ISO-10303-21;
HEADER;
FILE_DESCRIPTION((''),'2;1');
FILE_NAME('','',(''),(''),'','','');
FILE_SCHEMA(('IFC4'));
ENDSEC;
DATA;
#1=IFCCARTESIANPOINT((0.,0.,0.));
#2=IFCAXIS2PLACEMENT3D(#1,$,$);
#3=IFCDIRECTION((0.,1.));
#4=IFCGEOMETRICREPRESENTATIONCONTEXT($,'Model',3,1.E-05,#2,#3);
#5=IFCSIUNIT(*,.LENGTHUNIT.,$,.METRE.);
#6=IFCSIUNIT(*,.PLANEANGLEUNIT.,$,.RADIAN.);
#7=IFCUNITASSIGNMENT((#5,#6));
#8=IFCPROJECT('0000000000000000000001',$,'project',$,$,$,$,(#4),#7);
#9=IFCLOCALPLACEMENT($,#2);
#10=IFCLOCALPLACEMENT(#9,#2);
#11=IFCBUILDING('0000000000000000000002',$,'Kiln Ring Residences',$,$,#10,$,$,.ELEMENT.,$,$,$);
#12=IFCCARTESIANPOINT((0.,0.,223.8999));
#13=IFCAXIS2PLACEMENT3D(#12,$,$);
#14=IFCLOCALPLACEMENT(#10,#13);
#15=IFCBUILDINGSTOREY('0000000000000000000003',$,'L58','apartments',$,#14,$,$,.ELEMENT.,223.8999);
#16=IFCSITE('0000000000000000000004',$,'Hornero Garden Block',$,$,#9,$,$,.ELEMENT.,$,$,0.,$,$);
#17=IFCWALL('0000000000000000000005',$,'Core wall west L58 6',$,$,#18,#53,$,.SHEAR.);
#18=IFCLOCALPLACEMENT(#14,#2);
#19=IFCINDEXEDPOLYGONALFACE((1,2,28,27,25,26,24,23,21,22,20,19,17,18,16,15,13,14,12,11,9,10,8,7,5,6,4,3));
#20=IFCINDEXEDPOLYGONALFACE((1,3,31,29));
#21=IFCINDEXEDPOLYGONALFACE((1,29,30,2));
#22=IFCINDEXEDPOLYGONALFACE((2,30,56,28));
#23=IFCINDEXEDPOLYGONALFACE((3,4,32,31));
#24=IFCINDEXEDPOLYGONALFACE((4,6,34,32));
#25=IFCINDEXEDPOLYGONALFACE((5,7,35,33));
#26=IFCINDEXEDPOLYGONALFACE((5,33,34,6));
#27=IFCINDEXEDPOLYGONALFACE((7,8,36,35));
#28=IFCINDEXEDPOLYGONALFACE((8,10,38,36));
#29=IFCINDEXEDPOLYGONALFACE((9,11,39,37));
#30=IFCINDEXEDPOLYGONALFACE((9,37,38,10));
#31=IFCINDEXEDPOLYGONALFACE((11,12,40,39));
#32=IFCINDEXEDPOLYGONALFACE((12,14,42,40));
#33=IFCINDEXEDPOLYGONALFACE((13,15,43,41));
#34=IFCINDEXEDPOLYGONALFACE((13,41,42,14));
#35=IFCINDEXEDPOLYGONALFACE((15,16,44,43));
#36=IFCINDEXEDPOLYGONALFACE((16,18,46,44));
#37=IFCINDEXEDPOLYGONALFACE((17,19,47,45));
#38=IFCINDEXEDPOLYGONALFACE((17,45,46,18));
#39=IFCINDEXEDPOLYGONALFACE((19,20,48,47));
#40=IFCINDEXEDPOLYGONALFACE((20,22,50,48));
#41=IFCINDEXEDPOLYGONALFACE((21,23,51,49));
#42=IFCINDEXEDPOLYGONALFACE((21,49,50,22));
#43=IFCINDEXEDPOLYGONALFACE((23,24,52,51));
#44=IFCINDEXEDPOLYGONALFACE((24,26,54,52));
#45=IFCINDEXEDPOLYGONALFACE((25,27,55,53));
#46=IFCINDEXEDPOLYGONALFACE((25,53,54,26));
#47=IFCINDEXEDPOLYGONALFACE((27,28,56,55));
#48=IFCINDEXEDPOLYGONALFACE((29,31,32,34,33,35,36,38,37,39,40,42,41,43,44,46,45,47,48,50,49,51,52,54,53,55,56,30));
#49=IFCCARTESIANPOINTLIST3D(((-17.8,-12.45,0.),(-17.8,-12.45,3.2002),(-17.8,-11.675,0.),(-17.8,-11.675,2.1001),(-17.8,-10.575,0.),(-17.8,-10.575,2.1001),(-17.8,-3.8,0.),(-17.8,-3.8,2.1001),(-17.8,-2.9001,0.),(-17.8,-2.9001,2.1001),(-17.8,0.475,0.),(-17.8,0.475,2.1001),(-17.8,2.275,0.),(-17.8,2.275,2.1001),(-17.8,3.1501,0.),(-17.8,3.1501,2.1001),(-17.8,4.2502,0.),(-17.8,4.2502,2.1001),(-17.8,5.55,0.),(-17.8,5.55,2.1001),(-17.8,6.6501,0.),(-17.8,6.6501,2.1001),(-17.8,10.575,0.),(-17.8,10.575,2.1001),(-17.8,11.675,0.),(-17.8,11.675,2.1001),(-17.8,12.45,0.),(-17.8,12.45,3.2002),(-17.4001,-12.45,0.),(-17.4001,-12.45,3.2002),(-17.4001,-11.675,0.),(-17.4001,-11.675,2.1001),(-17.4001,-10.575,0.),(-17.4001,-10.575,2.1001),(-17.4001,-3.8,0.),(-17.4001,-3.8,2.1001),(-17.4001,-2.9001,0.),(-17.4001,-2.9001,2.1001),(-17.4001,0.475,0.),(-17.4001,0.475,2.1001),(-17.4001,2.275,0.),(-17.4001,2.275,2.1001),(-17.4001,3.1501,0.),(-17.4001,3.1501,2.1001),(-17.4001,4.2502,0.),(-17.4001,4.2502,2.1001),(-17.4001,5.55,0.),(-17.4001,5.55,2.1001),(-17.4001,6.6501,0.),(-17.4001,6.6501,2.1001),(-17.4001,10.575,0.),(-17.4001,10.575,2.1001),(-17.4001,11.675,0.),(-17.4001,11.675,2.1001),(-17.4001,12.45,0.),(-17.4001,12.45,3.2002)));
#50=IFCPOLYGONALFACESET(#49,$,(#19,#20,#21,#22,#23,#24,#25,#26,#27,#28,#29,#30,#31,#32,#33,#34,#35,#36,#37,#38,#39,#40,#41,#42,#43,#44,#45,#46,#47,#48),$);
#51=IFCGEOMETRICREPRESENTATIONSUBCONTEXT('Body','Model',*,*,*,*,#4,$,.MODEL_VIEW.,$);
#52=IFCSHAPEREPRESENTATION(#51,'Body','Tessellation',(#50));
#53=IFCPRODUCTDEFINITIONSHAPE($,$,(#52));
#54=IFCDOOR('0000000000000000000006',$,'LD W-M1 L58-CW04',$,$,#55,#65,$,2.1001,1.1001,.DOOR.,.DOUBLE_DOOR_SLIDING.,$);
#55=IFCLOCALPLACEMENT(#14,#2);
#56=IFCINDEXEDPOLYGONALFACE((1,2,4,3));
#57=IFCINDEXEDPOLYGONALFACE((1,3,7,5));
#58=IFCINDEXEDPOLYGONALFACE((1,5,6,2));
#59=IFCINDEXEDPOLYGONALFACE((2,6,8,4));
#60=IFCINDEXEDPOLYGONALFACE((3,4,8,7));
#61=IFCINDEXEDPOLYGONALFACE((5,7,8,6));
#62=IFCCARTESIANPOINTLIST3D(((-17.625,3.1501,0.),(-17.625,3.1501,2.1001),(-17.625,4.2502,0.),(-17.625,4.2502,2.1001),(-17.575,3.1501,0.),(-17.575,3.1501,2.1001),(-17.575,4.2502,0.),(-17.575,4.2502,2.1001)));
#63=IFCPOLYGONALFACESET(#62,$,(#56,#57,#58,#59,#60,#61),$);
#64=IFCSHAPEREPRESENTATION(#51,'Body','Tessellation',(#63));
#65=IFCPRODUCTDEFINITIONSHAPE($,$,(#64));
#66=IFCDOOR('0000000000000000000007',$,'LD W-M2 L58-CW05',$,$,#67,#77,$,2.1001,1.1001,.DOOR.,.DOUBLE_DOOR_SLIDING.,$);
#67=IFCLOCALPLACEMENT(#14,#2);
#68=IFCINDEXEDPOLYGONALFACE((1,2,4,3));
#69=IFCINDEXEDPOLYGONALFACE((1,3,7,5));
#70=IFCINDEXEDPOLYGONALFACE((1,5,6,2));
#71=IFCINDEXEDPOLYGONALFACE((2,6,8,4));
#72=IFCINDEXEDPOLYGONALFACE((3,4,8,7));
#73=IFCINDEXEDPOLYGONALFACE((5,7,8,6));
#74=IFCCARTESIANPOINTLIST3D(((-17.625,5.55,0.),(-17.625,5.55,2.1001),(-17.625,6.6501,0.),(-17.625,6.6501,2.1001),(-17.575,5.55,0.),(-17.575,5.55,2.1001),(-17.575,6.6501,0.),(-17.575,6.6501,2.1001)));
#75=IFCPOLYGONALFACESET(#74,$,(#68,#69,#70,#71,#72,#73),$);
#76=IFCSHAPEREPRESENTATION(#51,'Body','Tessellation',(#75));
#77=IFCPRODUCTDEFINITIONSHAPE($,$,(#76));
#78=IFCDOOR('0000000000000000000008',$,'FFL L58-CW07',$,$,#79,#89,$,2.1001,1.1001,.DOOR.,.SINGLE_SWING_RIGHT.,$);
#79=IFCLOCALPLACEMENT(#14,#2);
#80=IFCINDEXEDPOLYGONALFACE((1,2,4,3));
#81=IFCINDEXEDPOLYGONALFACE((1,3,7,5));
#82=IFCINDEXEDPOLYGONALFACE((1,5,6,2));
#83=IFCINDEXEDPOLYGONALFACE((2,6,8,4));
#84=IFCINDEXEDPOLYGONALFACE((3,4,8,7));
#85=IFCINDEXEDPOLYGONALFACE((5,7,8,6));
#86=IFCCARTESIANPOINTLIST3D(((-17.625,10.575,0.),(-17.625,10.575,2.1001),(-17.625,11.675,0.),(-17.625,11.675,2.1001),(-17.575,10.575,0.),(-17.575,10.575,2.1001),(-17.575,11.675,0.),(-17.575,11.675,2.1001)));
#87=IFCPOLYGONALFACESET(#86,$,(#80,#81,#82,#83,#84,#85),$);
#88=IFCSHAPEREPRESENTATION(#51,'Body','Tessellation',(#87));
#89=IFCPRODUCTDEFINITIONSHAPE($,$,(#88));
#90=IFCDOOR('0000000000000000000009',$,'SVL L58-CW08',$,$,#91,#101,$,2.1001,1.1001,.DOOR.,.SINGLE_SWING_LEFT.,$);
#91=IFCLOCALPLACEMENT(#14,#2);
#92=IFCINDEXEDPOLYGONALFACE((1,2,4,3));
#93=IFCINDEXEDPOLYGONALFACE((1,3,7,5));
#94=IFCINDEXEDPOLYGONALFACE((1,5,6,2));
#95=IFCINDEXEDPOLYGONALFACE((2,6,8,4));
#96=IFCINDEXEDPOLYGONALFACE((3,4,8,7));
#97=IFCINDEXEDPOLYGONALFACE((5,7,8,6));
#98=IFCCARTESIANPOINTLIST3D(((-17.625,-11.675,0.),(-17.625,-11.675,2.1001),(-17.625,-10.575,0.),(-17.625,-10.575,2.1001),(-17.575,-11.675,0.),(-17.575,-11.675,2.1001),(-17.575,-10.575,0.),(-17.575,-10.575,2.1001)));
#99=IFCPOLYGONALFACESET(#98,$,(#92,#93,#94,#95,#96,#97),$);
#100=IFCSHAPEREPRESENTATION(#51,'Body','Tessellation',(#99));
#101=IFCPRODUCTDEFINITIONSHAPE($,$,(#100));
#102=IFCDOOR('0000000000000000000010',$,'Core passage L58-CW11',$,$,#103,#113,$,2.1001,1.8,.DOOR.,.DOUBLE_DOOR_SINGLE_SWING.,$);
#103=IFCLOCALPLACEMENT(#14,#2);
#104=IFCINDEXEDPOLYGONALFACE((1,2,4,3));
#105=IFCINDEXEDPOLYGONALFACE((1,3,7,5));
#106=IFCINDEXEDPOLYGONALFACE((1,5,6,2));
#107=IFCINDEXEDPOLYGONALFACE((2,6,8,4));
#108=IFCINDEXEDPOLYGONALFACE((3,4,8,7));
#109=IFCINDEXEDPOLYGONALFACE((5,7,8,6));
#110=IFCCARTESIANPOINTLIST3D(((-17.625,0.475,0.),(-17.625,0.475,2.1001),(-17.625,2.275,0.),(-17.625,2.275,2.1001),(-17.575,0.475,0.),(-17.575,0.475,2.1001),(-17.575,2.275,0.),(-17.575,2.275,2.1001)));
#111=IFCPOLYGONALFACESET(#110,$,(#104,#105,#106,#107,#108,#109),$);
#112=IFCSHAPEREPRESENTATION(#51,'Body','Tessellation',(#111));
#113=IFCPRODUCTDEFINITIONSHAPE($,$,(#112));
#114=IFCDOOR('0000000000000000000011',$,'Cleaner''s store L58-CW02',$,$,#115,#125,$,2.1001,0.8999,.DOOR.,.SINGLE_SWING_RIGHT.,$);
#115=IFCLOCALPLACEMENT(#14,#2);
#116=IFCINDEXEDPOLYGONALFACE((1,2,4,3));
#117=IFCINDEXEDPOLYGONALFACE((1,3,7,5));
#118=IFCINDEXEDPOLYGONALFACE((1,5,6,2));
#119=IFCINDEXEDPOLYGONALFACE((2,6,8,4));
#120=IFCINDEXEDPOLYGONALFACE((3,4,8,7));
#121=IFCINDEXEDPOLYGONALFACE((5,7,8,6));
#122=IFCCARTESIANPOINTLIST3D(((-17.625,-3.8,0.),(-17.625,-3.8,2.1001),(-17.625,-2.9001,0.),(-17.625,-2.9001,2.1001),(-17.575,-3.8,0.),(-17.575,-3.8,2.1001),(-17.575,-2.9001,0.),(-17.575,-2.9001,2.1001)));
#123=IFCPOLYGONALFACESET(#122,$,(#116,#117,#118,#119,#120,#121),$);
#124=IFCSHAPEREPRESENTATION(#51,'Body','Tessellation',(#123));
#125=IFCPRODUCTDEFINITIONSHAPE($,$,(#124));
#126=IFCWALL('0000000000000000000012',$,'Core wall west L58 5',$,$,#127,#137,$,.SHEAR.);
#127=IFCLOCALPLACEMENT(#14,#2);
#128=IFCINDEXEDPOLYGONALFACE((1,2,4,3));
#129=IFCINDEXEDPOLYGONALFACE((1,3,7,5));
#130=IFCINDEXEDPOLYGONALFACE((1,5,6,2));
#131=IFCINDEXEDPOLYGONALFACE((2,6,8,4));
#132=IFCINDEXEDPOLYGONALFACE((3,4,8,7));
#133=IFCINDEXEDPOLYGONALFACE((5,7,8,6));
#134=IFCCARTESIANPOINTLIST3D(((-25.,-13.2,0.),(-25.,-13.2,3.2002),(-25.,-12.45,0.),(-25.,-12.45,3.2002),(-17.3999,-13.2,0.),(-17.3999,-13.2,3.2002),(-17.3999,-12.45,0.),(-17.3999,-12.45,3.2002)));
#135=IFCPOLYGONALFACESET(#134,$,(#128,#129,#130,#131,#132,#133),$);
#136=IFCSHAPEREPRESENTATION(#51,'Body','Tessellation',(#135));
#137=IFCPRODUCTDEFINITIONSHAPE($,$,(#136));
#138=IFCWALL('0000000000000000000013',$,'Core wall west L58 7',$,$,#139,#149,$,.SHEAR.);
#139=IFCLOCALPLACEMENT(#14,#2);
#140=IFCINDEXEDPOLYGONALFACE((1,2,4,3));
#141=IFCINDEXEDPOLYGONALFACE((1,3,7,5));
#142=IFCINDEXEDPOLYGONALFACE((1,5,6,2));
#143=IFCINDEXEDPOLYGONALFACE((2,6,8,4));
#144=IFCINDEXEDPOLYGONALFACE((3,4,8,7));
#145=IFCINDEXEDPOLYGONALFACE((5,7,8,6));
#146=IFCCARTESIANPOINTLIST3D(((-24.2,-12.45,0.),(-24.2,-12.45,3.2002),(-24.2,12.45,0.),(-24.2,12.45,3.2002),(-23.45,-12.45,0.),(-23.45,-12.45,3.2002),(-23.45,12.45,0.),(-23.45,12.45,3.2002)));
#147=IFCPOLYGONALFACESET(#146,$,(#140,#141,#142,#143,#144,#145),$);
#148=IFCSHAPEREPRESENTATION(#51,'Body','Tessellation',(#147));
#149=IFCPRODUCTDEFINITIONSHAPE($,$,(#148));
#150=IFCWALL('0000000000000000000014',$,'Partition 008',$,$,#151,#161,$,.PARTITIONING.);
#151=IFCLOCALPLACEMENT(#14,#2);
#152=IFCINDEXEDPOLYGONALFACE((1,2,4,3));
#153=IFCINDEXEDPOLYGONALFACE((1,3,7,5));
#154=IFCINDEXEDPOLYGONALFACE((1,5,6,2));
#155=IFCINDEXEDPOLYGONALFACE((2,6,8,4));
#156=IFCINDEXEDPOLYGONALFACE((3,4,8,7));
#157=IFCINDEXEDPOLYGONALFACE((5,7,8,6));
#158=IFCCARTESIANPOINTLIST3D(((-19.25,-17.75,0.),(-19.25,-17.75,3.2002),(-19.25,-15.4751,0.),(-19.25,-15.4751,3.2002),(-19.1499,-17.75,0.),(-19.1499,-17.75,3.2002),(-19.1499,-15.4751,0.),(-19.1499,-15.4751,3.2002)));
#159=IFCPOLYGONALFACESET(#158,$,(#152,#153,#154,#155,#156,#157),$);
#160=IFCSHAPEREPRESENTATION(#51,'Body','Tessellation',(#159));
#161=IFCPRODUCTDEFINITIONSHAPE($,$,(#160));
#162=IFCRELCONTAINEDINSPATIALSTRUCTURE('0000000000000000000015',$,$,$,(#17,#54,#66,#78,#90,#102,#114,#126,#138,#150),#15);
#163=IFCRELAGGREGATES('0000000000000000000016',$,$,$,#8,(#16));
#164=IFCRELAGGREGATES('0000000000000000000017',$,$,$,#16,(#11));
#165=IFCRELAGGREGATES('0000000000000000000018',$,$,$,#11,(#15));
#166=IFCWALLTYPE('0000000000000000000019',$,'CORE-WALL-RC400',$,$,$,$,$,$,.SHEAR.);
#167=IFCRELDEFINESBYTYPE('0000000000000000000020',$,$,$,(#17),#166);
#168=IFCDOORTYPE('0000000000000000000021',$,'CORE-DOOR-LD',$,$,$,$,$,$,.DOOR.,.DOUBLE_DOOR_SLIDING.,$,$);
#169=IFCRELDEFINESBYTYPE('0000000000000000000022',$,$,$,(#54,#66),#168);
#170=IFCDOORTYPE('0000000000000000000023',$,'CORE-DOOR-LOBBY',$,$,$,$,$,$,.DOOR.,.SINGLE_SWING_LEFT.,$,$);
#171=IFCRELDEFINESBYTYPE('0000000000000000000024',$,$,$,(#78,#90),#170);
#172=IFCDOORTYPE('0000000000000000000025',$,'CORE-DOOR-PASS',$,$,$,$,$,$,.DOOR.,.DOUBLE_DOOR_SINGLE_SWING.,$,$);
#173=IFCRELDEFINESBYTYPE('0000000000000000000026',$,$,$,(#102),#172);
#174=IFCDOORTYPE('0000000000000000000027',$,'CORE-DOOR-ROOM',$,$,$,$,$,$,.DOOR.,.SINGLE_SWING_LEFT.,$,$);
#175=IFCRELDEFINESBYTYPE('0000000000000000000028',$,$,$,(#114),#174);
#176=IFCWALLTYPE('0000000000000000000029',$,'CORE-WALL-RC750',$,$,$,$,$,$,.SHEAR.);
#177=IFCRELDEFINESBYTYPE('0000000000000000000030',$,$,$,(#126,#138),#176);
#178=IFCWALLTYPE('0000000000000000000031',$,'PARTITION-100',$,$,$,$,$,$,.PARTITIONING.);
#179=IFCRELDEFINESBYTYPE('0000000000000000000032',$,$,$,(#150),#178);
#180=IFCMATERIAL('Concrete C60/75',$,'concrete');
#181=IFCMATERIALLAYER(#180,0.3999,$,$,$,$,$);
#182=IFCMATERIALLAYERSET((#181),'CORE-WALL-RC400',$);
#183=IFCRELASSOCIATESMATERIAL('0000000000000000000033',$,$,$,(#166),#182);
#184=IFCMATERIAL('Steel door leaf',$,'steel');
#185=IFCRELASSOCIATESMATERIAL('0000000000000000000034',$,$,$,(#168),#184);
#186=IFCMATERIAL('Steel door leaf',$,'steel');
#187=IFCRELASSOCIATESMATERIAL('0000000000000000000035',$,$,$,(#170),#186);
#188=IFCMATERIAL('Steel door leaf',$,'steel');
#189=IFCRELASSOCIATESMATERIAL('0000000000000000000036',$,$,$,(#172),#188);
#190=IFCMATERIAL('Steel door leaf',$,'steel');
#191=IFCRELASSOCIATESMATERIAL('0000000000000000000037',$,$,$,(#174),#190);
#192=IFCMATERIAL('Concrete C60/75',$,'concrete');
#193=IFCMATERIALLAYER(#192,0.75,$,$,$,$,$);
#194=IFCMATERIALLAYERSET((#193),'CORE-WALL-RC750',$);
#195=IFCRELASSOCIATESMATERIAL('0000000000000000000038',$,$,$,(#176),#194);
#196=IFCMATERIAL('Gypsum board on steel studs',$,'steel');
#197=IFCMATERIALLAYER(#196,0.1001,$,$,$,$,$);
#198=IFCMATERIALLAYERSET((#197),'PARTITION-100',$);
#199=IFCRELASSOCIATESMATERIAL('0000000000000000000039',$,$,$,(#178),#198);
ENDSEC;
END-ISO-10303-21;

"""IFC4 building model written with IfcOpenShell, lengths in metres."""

from ifc_helpers import new_model, si_unit, direction, frame, frame_2d, origin, place, context, subcontext, project, spatial, rectangle, extrude, material, layer, layer_set, type_object, element, fill, save


model = new_model("IFC4")

# Units and contexts
model_context = context("Model", 3, precision=1e-05, world=origin(), true_north=direction((0.0, 1.0)))
body_context = subcontext(model_context, "Body", "Model", "MODEL_VIEW")
ifc_project = project(units=[si_unit("LENGTHUNIT", "METRE"), si_unit("PLANEANGLEUNIT", "RADIAN")], contexts=[model_context])

# Site, building, storey
site_placement = place(None, origin())
site = spatial("IfcSite", under=ifc_project, at=site_placement, Name="Hornero Garden Block", CompositionType="ELEMENT", RefElevation=0.0)
building_placement = place(site_placement, origin())
building = spatial("IfcBuilding", under=site, at=building_placement, Name="Kiln Ring Residences", CompositionType="ELEMENT")
storey_placement = place(building_placement, frame((0.0, 0.0, 223.8999)))
storey = spatial("IfcBuildingStorey", under=building, at=storey_placement, Name="L58", Description="apartments", CompositionType="ELEMENT", Elevation=223.8999)

# Wall, openings, doors
ifc_material_1 = material(Name="Concrete C60/75", Category="concrete")
ifc_layer_1 = layer(ifc_material_1, 0.3999)
ifc_layer_set_1 = layer_set([ifc_layer_1], Name="CORE-WALL-RC400")
wall_type_1 = type_object("IfcWallType", Name="CORE-WALL-RC400", PredefinedType="SHEAR", material=ifc_layer_set_1)
wall_1_placement = place(storey_placement, frame((-17.6001, -12.45, 0.0), z_axis=(0.0, 0.0, 1.0), x_axis=(0.0, 1.0, 0.0)))
wall_1 = element("IfcWall", 1, at=wall_1_placement, inside=storey, type_object=wall_type_1, Name="Core wall west L58 6", PredefinedType="SHEAR", context=body_context, shape_type="SweptSolid", body=[
    extrude(rectangle(XDim=24.8999, YDim=0.3999, at=frame_2d((12.45, 0.0))), origin(), (0.0, 0.0, 1.0), 3.2002),
])
opening_1_placement = place(wall_1_placement, frame((8.6499, 0.0, 0.0)))
opening_1 = element("IfcOpeningElement", 2, at=opening_1_placement, cuts=wall_1, PredefinedType="OPENING", context=body_context, shape_type="SweptSolid", body=[
    extrude(rectangle(XDim=0.8999, YDim=2.1001, at=frame_2d((0.45, 1.05))), frame((0.0, 0.21, 0.0), z_axis=(0.0, -1.0, 0.0), x_axis=(1.0, 0.0, 0.0)), (0.0, 0.0, 1.0), 0.4199),
])
opening_2_placement = place(wall_1_placement, frame((15.6001, 0.0, 0.0)))
opening_2 = element("IfcOpeningElement", 3, at=opening_2_placement, cuts=wall_1, PredefinedType="OPENING", context=body_context, shape_type="SweptSolid", body=[
    extrude(rectangle(XDim=1.1001, YDim=2.1001, at=frame_2d((0.55, 1.05))), frame((0.0, 0.21, 0.0), z_axis=(0.0, -1.0, 0.0), x_axis=(1.0, 0.0, 0.0)), (0.0, 0.0, 1.0), 0.4199),
])
opening_3_placement = place(wall_1_placement, frame((18.0, 0.0, 0.0)))
opening_3 = element("IfcOpeningElement", 4, at=opening_3_placement, cuts=wall_1, PredefinedType="OPENING", context=body_context, shape_type="SweptSolid", body=[
    extrude(rectangle(XDim=1.1001, YDim=2.1001, at=frame_2d((0.55, 1.05))), frame((0.0, 0.21, 0.0), z_axis=(0.0, -1.0, 0.0), x_axis=(1.0, 0.0, 0.0)), (0.0, 0.0, 1.0), 0.4199),
])
opening_4_placement = place(wall_1_placement, frame((23.0249, 0.0, 0.0)))
opening_4 = element("IfcOpeningElement", 5, at=opening_4_placement, cuts=wall_1, PredefinedType="OPENING", context=body_context, shape_type="SweptSolid", body=[
    extrude(rectangle(XDim=1.1001, YDim=2.1001, at=frame_2d((0.55, 1.05))), frame((0.0, 0.21, 0.0), z_axis=(0.0, -1.0, 0.0), x_axis=(1.0, 0.0, 0.0)), (0.0, 0.0, 1.0), 0.4199),
])
opening_5_placement = place(wall_1_placement, frame((0.7749, 0.0, 0.0)))
opening_5 = element("IfcOpeningElement", 6, at=opening_5_placement, cuts=wall_1, PredefinedType="OPENING", context=body_context, shape_type="SweptSolid", body=[
    extrude(rectangle(XDim=1.1001, YDim=2.1001, at=frame_2d((0.55, 1.05))), frame((0.0, 0.21, 0.0), z_axis=(0.0, -1.0, 0.0), x_axis=(1.0, 0.0, 0.0)), (0.0, 0.0, 1.0), 0.4199),
])
opening_6_placement = place(wall_1_placement, frame((12.925, 0.0, 0.0)))
opening_6 = element("IfcOpeningElement", 7, at=opening_6_placement, cuts=wall_1, PredefinedType="OPENING", context=body_context, shape_type="SweptSolid", body=[
    extrude(rectangle(XDim=1.8, YDim=2.1001, at=frame_2d((0.8999, 1.05))), frame((0.0, 0.21, 0.0), z_axis=(0.0, -1.0, 0.0), x_axis=(1.0, 0.0, 0.0)), (0.0, 0.0, 1.0), 0.4199),
])
ifc_material_2 = material(Name="Steel door leaf", Category="steel")
door_type_1 = type_object("IfcDoorType", Name="CORE-DOOR-LD", OperationType="DOUBLE_DOOR_SLIDING", PredefinedType="DOOR", material=ifc_material_2)
door_1_placement = place(opening_2_placement, origin())
door_1 = element("IfcDoor", 8, at=door_1_placement, inside=storey, type_object=door_type_1, Name="LD W-M1 L58-CW04", OperationType="DOUBLE_DOOR_SLIDING", OverallHeight=2.1001, OverallWidth=1.1001, PredefinedType="DOOR", context=body_context, shape_type="SweptSolid", body=[
    extrude(rectangle(XDim=1.1001, YDim=2.1001, at=frame_2d((0.55, 1.05))), frame((0.0, 0.0249, 0.0), z_axis=(0.0, -1.0, 0.0), x_axis=(1.0, 0.0, 0.0)), (0.0, 0.0, 1.0), 0.05),
])
fill(opening_2, door_1)
door_2_placement = place(opening_3_placement, origin())
door_2 = element("IfcDoor", 9, at=door_2_placement, inside=storey, type_object=door_type_1, Name="LD W-M2 L58-CW05", OperationType="DOUBLE_DOOR_SLIDING", OverallHeight=2.1001, OverallWidth=1.1001, PredefinedType="DOOR", context=body_context, shape_type="SweptSolid", body=[
    extrude(rectangle(XDim=1.1001, YDim=2.1001, at=frame_2d((0.55, 1.05))), frame((0.0, 0.0249, 0.0), z_axis=(0.0, -1.0, 0.0), x_axis=(1.0, 0.0, 0.0)), (0.0, 0.0, 1.0), 0.05),
])
fill(opening_3, door_2)
ifc_material_3 = material(Name="Steel door leaf", Category="steel")
door_type_2 = type_object("IfcDoorType", Name="CORE-DOOR-LOBBY", OperationType="SINGLE_SWING_LEFT", PredefinedType="DOOR", material=ifc_material_3)
door_3_placement = place(opening_4_placement, origin())
door_3 = element("IfcDoor", 10, at=door_3_placement, inside=storey, type_object=door_type_2, Name="FFL L58-CW07", OperationType="SINGLE_SWING_RIGHT", OverallHeight=2.1001, OverallWidth=1.1001, PredefinedType="DOOR", context=body_context, shape_type="SweptSolid", body=[
    extrude(rectangle(XDim=1.1001, YDim=2.1001, at=frame_2d((0.55, 1.05))), frame((0.0, 0.0249, 0.0), z_axis=(0.0, -1.0, 0.0), x_axis=(1.0, 0.0, 0.0)), (0.0, 0.0, 1.0), 0.05),
])
fill(opening_4, door_3)
door_4_placement = place(opening_5_placement, origin())
door_4 = element("IfcDoor", 11, at=door_4_placement, inside=storey, type_object=door_type_2, Name="SVL L58-CW08", OperationType="SINGLE_SWING_LEFT", OverallHeight=2.1001, OverallWidth=1.1001, PredefinedType="DOOR", context=body_context, shape_type="SweptSolid", body=[
    extrude(rectangle(XDim=1.1001, YDim=2.1001, at=frame_2d((0.55, 1.05))), frame((0.0, 0.0249, 0.0), z_axis=(0.0, -1.0, 0.0), x_axis=(1.0, 0.0, 0.0)), (0.0, 0.0, 1.0), 0.05),
])
fill(opening_5, door_4)
ifc_material_4 = material(Name="Steel door leaf", Category="steel")
door_type_3 = type_object("IfcDoorType", Name="CORE-DOOR-PASS", OperationType="DOUBLE_DOOR_SINGLE_SWING", PredefinedType="DOOR", material=ifc_material_4)
door_5_placement = place(opening_6_placement, origin())
door_5 = element("IfcDoor", 12, at=door_5_placement, inside=storey, type_object=door_type_3, Name="Core passage L58-CW11", OperationType="DOUBLE_DOOR_SINGLE_SWING", OverallHeight=2.1001, OverallWidth=1.8, PredefinedType="DOOR", context=body_context, shape_type="SweptSolid", body=[
    extrude(rectangle(XDim=1.8, YDim=2.1001, at=frame_2d((0.8999, 1.05))), frame((0.0, 0.0249, 0.0), z_axis=(0.0, -1.0, 0.0), x_axis=(1.0, 0.0, 0.0)), (0.0, 0.0, 1.0), 0.05),
])
fill(opening_6, door_5)
ifc_material_5 = material(Name="Steel door leaf", Category="steel")
door_type_4 = type_object("IfcDoorType", Name="CORE-DOOR-ROOM", OperationType="SINGLE_SWING_LEFT", PredefinedType="DOOR", material=ifc_material_5)
door_6_placement = place(opening_1_placement, origin())
door_6 = element("IfcDoor", 13, at=door_6_placement, inside=storey, type_object=door_type_4, Name="Cleaner's store L58-CW02", OperationType="SINGLE_SWING_RIGHT", OverallHeight=2.1001, OverallWidth=0.8999, PredefinedType="DOOR", context=body_context, shape_type="SweptSolid", body=[
    extrude(rectangle(XDim=0.8999, YDim=2.1001, at=frame_2d((0.45, 1.05))), frame((0.0, 0.0249, 0.0), z_axis=(0.0, -1.0, 0.0), x_axis=(1.0, 0.0, 0.0)), (0.0, 0.0, 1.0), 0.05),
])
fill(opening_1, door_6)

# Walls
ifc_material_6 = material(Name="Concrete C60/75", Category="concrete")
ifc_layer_2 = layer(ifc_material_6, 0.75)
ifc_layer_set_2 = layer_set([ifc_layer_2], Name="CORE-WALL-RC750")
wall_type_2 = type_object("IfcWallType", Name="CORE-WALL-RC750", PredefinedType="SHEAR", material=ifc_layer_set_2)
wall_2_placement = place(storey_placement, frame((-17.3999, -12.825, 0.0), z_axis=(0.0, 0.0, 1.0), x_axis=(-1.0, 0.0, 0.0)))
element("IfcWall", 14, at=wall_2_placement, inside=storey, type_object=wall_type_2, Name="Core wall west L58 5", PredefinedType="SHEAR", context=body_context, shape_type="SweptSolid", body=[
    extrude(rectangle(XDim=7.6001, YDim=0.75, at=frame_2d((3.8, 0.0))), origin(), (0.0, 0.0, 1.0), 3.2002),
])
wall_3_placement = place(storey_placement, frame((-23.825, -12.45, 0.0), z_axis=(0.0, 0.0, 1.0), x_axis=(0.0, 1.0, 0.0)))
element("IfcWall", 15, at=wall_3_placement, inside=storey, type_object=wall_type_2, Name="Core wall west L58 7", PredefinedType="SHEAR", context=body_context, shape_type="SweptSolid", body=[
    extrude(rectangle(XDim=24.8999, YDim=0.75, at=frame_2d((12.45, 0.0))), origin(), (0.0, 0.0, 1.0), 3.2002),
])
ifc_material_7 = material(Name="Gypsum board on steel studs", Category="steel")
ifc_layer_3 = layer(ifc_material_7, 0.1001)
ifc_layer_set_3 = layer_set([ifc_layer_3], Name="PARTITION-100")
wall_type_3 = type_object("IfcWallType", Name="PARTITION-100", PredefinedType="PARTITIONING", material=ifc_layer_set_3)
wall_4_placement = place(storey_placement, frame((-19.2, -17.75, 0.0), z_axis=(0.0, 0.0, 1.0), x_axis=(0.0, 1.0, 0.0)))
element("IfcWall", 16, at=wall_4_placement, inside=storey, type_object=wall_type_3, Name="Partition 008", PredefinedType="PARTITIONING", context=body_context, shape_type="SweptSolid", body=[
    extrude(rectangle(XDim=2.2749, YDim=0.1001, at=frame_2d((1.1375, 0.0))), origin(), (0.0, 0.0, 1.0), 3.2002),
])

save(model, "model.ifc")
